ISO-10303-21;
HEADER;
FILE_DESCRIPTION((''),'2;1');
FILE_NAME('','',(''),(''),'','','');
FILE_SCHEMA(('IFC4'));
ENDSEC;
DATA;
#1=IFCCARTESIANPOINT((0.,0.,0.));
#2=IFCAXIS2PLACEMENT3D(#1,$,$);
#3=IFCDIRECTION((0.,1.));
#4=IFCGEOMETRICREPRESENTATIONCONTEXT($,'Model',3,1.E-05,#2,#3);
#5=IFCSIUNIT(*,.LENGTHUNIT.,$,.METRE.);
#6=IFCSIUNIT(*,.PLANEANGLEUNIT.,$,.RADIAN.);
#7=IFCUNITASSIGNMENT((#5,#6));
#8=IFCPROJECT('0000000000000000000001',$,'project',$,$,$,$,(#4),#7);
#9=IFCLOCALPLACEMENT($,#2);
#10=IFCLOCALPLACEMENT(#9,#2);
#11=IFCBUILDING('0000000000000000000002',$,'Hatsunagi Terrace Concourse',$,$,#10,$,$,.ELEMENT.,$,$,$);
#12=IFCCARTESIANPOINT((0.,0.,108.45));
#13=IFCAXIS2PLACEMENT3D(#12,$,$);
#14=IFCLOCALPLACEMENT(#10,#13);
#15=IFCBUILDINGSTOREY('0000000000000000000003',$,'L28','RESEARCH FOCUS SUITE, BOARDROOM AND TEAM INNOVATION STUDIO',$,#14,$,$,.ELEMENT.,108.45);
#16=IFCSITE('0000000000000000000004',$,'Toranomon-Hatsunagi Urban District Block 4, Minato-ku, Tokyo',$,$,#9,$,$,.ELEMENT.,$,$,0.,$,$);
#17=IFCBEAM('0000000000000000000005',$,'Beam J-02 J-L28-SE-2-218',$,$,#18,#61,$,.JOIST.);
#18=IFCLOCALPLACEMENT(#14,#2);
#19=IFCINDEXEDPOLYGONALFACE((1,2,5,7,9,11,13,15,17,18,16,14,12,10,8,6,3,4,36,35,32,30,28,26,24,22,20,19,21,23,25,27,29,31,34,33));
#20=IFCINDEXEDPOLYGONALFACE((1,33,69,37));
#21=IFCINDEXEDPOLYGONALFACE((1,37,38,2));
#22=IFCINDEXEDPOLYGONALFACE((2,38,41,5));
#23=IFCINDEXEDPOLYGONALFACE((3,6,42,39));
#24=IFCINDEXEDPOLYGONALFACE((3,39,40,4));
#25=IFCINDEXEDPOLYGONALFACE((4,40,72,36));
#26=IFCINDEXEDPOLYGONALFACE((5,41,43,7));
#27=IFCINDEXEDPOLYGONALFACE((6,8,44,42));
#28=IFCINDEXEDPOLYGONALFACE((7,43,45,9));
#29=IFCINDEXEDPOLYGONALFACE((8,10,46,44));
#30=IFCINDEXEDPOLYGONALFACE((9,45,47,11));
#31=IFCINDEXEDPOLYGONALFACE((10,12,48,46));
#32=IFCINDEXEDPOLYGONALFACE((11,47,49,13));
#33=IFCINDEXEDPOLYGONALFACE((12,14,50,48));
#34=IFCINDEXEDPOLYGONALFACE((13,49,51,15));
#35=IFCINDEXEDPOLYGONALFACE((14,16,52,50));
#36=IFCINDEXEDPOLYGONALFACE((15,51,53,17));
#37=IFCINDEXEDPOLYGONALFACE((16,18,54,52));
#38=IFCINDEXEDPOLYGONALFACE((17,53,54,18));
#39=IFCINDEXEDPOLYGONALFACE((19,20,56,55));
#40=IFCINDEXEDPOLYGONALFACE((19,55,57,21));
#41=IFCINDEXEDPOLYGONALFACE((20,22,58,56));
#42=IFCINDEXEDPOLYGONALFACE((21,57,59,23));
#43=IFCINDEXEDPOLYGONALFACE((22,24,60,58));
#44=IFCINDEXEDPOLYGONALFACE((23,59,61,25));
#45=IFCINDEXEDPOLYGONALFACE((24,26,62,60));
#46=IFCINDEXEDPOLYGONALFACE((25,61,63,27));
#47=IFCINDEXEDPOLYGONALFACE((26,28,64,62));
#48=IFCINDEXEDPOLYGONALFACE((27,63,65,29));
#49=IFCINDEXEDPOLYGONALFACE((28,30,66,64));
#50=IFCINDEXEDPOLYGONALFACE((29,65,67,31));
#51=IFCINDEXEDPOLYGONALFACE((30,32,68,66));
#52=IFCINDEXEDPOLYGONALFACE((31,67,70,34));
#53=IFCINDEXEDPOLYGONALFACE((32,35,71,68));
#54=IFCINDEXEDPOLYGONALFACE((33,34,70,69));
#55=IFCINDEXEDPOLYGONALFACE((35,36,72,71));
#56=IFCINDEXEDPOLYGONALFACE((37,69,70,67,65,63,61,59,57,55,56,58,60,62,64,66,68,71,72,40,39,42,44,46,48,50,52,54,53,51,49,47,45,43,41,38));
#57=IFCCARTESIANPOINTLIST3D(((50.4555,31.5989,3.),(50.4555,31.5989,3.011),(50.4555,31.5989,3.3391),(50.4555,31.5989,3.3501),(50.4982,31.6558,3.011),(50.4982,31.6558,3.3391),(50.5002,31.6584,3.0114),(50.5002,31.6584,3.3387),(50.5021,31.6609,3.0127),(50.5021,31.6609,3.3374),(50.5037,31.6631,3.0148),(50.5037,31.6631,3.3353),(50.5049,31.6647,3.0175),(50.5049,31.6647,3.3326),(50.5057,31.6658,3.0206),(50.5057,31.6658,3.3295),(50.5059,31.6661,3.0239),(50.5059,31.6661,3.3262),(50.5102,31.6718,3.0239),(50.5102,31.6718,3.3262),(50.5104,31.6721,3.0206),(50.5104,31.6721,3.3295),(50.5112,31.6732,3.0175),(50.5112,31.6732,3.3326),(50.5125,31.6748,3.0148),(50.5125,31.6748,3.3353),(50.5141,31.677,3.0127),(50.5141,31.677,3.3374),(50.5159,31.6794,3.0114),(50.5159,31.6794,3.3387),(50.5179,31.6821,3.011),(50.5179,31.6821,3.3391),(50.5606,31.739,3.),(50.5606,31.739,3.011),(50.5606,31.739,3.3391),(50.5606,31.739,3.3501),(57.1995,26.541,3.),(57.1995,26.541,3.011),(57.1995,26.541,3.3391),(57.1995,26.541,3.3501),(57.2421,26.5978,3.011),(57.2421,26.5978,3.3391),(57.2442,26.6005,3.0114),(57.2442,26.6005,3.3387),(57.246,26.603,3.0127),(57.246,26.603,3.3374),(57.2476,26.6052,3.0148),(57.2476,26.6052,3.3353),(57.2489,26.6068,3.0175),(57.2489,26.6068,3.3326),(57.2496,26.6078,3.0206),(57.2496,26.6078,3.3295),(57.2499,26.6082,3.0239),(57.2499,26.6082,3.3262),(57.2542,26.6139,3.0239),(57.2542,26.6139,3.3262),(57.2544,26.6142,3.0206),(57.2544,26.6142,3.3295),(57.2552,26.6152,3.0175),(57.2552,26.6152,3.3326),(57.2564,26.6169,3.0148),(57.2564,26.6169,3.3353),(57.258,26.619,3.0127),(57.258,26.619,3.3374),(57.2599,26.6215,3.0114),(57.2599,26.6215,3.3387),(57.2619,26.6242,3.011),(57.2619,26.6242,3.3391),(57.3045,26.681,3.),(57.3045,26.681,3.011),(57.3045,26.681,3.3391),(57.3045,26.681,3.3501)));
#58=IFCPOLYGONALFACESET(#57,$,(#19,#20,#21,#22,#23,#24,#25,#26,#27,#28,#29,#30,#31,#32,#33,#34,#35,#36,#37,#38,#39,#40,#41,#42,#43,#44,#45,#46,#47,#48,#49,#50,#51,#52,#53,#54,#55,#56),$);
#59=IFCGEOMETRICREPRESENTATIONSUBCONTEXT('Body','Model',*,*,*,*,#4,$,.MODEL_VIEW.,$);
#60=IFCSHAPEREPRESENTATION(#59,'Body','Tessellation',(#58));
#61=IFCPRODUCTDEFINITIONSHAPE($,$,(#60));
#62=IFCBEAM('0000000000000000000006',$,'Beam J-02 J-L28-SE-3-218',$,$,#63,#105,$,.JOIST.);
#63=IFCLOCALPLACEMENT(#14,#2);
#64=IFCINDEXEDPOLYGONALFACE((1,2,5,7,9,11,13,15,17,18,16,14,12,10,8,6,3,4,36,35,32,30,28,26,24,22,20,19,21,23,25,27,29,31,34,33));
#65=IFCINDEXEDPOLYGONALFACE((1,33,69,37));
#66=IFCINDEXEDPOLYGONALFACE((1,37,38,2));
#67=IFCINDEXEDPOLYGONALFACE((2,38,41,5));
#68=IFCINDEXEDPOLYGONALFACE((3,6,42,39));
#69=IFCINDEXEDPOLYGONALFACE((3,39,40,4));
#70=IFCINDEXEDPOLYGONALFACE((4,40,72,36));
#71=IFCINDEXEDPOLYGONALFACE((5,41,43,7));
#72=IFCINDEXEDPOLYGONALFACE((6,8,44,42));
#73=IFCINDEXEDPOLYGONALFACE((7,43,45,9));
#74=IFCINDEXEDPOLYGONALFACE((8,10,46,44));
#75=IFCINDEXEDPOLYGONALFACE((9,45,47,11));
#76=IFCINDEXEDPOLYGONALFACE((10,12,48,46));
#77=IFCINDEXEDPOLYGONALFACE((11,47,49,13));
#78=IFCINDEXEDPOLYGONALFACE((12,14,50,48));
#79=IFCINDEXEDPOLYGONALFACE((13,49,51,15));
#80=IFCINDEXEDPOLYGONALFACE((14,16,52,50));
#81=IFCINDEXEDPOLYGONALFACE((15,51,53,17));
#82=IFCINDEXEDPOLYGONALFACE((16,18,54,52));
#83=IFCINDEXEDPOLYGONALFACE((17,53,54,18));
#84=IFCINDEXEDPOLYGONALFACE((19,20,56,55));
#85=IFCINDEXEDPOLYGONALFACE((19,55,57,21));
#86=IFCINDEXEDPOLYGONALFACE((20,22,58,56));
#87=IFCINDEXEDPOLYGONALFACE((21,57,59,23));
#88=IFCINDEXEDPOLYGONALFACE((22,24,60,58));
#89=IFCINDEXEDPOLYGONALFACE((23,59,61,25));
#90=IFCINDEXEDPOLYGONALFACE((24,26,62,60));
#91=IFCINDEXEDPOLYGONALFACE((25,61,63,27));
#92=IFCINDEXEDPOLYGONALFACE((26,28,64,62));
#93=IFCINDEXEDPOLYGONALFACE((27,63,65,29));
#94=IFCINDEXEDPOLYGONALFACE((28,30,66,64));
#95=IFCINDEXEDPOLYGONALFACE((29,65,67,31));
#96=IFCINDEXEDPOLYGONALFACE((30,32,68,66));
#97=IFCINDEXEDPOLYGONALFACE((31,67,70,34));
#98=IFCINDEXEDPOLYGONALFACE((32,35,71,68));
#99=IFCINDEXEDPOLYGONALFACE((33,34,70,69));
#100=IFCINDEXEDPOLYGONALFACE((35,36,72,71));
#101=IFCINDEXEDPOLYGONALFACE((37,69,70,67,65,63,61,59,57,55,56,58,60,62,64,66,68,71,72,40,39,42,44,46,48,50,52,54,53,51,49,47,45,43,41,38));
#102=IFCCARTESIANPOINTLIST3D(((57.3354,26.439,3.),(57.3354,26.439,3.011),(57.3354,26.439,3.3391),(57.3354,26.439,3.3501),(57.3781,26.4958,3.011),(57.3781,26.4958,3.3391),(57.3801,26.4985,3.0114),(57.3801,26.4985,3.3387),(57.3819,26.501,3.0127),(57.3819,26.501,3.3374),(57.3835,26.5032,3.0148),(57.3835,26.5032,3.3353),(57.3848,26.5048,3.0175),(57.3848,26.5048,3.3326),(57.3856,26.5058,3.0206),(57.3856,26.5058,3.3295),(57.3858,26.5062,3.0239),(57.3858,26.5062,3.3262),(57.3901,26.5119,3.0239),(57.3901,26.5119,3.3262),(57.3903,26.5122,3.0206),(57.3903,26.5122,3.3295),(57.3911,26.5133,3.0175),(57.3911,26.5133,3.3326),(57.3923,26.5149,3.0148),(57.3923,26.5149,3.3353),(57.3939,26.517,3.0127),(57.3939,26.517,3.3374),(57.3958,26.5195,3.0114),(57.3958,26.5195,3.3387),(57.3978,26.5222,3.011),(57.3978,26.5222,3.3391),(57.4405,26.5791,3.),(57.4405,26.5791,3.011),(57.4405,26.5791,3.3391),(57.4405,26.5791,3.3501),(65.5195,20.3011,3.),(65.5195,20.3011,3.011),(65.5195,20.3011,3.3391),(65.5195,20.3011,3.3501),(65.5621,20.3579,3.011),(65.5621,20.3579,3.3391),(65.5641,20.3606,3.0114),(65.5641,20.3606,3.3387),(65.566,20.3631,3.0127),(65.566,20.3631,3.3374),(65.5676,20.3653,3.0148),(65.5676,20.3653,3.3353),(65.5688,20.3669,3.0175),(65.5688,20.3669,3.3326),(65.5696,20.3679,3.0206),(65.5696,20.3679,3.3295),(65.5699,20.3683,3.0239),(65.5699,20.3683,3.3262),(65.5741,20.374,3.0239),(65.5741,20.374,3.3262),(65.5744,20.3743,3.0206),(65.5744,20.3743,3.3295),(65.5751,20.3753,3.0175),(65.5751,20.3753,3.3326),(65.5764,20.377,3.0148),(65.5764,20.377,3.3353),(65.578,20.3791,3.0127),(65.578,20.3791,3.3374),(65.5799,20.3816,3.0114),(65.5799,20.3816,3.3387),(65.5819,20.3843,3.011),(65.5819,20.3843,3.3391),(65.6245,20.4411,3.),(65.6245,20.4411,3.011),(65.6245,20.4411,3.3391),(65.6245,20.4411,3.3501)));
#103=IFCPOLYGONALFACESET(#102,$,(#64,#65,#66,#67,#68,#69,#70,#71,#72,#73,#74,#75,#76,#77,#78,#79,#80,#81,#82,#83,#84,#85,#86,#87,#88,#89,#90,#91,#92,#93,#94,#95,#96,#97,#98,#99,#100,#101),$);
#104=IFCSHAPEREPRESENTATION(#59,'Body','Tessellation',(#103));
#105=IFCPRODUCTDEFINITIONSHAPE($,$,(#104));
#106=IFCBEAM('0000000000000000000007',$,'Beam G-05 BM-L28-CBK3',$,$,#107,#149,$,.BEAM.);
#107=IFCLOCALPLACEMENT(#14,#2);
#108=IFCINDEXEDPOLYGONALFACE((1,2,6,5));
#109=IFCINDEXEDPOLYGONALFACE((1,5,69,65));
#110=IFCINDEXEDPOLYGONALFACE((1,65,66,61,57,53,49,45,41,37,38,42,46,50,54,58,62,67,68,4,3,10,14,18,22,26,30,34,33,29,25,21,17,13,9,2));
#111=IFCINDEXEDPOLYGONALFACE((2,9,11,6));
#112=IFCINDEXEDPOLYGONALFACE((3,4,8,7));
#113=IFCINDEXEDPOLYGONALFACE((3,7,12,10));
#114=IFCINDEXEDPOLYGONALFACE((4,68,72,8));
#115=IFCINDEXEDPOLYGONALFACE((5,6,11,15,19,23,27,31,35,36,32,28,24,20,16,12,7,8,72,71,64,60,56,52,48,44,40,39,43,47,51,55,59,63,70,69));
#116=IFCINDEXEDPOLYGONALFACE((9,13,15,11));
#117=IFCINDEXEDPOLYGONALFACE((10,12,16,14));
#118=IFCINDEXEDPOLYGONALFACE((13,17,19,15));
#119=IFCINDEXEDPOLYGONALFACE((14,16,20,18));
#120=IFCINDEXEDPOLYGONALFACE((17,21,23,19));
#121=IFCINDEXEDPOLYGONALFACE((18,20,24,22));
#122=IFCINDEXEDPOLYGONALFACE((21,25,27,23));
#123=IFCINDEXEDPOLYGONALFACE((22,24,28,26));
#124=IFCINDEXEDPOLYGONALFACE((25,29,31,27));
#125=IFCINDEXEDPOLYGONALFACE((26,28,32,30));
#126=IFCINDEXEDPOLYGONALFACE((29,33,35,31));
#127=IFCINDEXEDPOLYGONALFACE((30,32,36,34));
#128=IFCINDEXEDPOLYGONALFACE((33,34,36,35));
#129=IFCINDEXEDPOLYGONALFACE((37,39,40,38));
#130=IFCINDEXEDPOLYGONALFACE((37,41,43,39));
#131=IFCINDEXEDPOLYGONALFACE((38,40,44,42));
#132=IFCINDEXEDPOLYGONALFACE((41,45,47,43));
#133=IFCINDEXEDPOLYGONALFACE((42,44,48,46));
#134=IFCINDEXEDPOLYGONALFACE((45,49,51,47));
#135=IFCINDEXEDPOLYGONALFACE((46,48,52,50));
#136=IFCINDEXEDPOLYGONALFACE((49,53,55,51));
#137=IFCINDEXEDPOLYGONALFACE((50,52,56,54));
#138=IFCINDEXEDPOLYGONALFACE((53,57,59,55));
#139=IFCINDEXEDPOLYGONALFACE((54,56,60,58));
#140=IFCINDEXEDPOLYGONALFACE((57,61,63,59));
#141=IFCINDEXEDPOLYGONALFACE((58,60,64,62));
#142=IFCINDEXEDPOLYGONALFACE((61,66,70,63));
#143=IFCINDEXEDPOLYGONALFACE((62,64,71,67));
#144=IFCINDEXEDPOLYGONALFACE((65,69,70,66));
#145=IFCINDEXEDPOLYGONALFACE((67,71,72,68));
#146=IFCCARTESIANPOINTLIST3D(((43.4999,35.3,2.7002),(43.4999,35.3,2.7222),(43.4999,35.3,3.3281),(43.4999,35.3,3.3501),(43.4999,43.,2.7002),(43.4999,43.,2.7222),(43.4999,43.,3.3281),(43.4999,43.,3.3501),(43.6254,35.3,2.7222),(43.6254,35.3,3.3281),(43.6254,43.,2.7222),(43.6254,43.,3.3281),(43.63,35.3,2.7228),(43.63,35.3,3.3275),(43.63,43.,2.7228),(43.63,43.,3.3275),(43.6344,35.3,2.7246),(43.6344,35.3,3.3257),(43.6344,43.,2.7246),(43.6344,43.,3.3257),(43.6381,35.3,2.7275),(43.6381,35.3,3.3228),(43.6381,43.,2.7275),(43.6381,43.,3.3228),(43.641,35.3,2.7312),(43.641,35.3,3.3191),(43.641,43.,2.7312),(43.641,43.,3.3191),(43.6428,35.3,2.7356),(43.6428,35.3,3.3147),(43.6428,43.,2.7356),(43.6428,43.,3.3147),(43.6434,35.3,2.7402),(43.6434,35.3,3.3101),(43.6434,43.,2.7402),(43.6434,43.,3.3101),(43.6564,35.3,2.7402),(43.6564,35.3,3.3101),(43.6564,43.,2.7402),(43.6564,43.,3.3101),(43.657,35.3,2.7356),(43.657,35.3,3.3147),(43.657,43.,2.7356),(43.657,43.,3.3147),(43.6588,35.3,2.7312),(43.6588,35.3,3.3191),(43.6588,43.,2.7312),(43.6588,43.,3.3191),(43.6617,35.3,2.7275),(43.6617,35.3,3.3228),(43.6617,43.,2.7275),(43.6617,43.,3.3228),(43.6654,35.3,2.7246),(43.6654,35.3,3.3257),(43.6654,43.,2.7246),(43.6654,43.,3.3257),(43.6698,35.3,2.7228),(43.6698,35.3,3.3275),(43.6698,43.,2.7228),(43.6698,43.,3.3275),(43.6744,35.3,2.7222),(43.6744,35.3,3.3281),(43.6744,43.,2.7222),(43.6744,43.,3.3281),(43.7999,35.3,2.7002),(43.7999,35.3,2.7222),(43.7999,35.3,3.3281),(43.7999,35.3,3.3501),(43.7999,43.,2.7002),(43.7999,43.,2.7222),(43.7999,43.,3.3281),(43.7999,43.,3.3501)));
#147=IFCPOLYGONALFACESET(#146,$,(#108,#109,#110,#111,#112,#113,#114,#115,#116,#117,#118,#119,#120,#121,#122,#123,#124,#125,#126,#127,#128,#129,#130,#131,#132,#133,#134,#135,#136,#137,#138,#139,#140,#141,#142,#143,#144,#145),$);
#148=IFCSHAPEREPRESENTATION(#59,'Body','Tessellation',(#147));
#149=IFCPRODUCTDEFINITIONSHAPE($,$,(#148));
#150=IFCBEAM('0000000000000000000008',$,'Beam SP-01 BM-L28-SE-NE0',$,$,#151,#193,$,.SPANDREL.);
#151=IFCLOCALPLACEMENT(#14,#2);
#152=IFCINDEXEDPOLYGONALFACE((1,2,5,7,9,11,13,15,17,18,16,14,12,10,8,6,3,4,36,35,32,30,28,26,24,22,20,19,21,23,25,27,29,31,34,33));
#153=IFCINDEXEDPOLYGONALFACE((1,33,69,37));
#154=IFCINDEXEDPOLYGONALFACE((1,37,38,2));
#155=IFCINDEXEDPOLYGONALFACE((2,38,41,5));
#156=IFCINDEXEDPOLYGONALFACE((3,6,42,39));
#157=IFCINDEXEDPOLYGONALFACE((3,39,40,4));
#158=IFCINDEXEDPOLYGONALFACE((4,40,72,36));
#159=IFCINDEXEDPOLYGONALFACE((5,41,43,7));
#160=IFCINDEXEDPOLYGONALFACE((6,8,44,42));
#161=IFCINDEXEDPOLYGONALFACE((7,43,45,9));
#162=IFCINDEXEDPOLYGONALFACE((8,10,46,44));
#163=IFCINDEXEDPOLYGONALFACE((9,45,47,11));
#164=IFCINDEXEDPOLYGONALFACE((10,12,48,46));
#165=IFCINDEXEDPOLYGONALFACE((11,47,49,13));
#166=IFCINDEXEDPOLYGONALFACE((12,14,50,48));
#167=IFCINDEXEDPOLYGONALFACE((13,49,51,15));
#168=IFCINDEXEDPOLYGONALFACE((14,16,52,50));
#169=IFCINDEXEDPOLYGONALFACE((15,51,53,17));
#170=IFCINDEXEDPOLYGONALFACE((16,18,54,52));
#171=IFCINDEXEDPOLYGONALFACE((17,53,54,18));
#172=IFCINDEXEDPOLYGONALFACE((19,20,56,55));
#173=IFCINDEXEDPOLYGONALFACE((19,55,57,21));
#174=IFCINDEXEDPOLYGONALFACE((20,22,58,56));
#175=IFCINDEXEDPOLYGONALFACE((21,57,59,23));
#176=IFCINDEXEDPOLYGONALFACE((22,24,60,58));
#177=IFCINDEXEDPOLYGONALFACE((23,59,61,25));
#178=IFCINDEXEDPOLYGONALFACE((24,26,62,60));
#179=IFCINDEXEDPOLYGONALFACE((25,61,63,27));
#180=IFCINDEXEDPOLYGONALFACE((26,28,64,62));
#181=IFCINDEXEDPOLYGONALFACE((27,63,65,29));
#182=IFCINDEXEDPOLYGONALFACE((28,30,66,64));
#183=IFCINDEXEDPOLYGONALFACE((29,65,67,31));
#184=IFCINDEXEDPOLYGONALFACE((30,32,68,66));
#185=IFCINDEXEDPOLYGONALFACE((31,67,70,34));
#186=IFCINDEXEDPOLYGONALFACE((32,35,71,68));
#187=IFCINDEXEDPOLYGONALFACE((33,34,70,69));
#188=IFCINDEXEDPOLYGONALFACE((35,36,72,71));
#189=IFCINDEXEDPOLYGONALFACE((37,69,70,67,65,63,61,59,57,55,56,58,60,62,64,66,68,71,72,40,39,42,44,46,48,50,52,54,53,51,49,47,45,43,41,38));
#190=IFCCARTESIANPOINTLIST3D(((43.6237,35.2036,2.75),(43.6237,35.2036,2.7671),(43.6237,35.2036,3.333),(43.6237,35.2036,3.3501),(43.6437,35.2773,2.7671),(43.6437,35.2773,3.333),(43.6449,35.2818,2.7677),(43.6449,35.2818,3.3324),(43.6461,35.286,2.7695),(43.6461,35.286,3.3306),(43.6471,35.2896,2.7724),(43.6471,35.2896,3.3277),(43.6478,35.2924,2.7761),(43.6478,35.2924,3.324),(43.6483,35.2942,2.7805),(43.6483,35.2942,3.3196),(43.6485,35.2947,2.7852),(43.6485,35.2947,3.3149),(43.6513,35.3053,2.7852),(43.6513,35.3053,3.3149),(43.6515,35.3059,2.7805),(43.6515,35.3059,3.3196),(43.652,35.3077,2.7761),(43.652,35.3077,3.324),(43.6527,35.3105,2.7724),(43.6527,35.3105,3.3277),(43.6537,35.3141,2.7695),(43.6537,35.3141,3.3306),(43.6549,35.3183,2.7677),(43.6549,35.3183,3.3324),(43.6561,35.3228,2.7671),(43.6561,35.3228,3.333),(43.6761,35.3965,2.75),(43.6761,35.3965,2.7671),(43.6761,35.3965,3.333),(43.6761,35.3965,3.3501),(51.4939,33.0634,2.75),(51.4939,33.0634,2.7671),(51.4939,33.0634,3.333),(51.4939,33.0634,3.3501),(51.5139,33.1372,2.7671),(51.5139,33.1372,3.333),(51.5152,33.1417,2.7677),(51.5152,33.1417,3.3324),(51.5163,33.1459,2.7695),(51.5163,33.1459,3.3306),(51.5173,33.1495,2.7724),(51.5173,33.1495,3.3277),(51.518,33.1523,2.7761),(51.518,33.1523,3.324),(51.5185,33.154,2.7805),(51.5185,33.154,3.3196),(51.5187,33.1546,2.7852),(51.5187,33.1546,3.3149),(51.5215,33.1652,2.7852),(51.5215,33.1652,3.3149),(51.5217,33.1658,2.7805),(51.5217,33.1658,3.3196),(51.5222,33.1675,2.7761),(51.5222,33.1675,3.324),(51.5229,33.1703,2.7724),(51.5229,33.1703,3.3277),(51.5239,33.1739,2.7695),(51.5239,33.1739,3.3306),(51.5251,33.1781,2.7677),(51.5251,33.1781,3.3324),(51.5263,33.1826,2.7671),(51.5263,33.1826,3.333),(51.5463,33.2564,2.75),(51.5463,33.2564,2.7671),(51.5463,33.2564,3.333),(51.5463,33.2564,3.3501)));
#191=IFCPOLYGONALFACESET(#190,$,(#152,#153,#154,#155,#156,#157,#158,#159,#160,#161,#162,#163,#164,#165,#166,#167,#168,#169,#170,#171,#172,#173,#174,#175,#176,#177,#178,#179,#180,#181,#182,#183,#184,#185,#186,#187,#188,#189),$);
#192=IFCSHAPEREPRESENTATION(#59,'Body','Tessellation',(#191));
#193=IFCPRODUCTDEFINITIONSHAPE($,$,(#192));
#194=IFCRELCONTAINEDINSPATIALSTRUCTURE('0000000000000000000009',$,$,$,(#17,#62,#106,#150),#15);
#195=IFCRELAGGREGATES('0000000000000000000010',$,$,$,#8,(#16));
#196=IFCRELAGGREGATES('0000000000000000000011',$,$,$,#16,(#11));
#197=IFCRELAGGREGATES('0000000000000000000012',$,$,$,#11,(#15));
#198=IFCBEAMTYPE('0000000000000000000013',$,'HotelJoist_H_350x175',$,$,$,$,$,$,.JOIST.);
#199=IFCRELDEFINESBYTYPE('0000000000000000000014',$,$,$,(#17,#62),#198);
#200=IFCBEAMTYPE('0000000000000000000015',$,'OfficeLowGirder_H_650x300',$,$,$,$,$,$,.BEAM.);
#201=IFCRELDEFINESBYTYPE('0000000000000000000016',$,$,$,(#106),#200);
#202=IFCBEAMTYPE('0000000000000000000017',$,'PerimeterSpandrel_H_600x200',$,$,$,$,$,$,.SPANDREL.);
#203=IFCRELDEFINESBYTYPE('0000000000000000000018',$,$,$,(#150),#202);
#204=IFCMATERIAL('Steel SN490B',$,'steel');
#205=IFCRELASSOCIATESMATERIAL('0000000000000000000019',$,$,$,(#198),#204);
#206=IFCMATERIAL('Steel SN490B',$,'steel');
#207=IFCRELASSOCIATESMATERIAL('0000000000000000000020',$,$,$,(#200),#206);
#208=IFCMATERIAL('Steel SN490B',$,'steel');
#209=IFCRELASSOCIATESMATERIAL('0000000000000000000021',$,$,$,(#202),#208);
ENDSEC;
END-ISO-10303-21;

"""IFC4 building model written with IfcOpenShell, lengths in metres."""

from ifc_helpers import new_model, si_unit, direction, frame, origin, origin_2d, place, context, subcontext, project, spatial, i_section, extrude, material, material_profile, profile_set, type_object, element, save


model = new_model("IFC4")

# Units and contexts
model_context = context("Model", 3, precision=1e-05, world=origin(), true_north=direction((0.0, 1.0)))
body_context = subcontext(model_context, "Body", "Model", "MODEL_VIEW")
ifc_project = project(units=[si_unit("LENGTHUNIT", "METRE"), si_unit("PLANEANGLEUNIT", "RADIAN")], contexts=[model_context])

# Site, building, storey
site_placement = place(None, origin())
site = spatial("IfcSite", under=ifc_project, at=site_placement, Name="Toranomon-Hatsunagi Urban District Block 4, Minato-ku, Tokyo", CompositionType="ELEMENT", RefElevation=0.0)
building_placement = place(site_placement, origin())
building = spatial("IfcBuilding", under=site, at=building_placement, Name="Hatsunagi Terrace Concourse", CompositionType="ELEMENT")
storey_placement = place(building_placement, frame((0.0, 0.0, 108.45)))
storey = spatial("IfcBuildingStorey", under=building, at=storey_placement, Name="L28", Description="RESEARCH FOCUS SUITE, BOARDROOM AND TEAM INNOVATION STUDIO", CompositionType="ELEMENT", Elevation=108.45)

# Beams
ifc_material_1 = material(Name="Steel SN490B", Category="steel")
ifc_material_profile_1 = material_profile(ifc_material_1, i_section(OverallWidth=0.175, OverallDepth=0.3501, WebThickness=0.0071, FlangeThickness=0.011, FilletRadius=0.0129, at=origin_2d()), Name="H-350x175x7x11")
ifc_profile_set_1 = profile_set([ifc_material_profile_1], Name="Steel SN490B")
beam_type_1 = type_object("IfcBeamType", Name="HotelJoist_H_350x175", PredefinedType="JOIST", material=ifc_profile_set_1)
for number, where, z_axis, x_axis, name in (
    (1, (50.5081, 31.6689, 3.175), (0.800003, -0.599995, 0.0), (0.599995, 0.800003, 0.0), "Beam J-02 J-L28-SE-2-218"),
):
    element("IfcBeam", number, at=place(storey_placement, frame(where, z_axis=z_axis, x_axis=x_axis)), inside=storey, type_object=beam_type_1, Name=name, PredefinedType="JOIST", context=body_context, shape_type="SweptSolid", body=[
        extrude(i_section(OverallWidth=0.175, OverallDepth=0.3501, WebThickness=0.0071, FlangeThickness=0.011, FilletRadius=0.0129, at=origin_2d()), origin(), (0.0, 0.0, 1.0), 8.4299),
    ])
beam_1_placement = place(storey_placement, frame((57.3879, 26.509, 3.175), z_axis=(0.800006, -0.599992, 0.0), x_axis=(0.599992, 0.800006, 0.0)))
element("IfcBeam", 2, at=beam_1_placement, inside=storey, type_object=beam_type_1, Name="Beam J-02 J-L28-SE-3-218", PredefinedType="JOIST", context=body_context, shape_type="SweptSolid", body=[
    extrude(i_section(OverallWidth=0.175, OverallDepth=0.3501, WebThickness=0.0071, FlangeThickness=0.011, FilletRadius=0.0129, at=origin_2d()), origin(), (0.0, 0.0, 1.0), 10.23),
])
ifc_material_2 = material(Name="Steel SN490B", Category="steel")
ifc_material_profile_2 = material_profile(ifc_material_2, i_section(OverallWidth=0.3, OverallDepth=0.6499, WebThickness=0.0129, FlangeThickness=0.022, FilletRadius=0.0181, at=origin_2d()), Name="H-650x300x13x22")
ifc_profile_set_2 = profile_set([ifc_material_profile_2], Name="Steel SN490B")
beam_type_2 = type_object("IfcBeamType", Name="OfficeLowGirder_H_650x300", PredefinedType="BEAM", material=ifc_profile_set_2)
beam_2_placement = place(storey_placement, frame((43.6499, 35.3, 3.0251), z_axis=(0.0, 1.0, 0.0), x_axis=(-1.0, 0.0, 0.0)))
element("IfcBeam", 3, at=beam_2_placement, inside=storey, type_object=beam_type_2, Name="Beam G-05 BM-L28-CBK3", PredefinedType="BEAM", context=body_context, shape_type="SweptSolid", body=[
    extrude(i_section(OverallWidth=0.3, OverallDepth=0.6499, WebThickness=0.0129, FlangeThickness=0.022, FilletRadius=0.0181, at=origin_2d()), origin(), (0.0, 0.0, 1.0), 7.7),
])
ifc_material_3 = material(Name="Steel SN490B", Category="steel")
ifc_material_profile_3 = material_profile(ifc_material_3, i_section(OverallWidth=0.2, OverallDepth=0.6001, WebThickness=0.011, FlangeThickness=0.0171, FilletRadius=0.0181, at=origin_2d()), Name="H-600x200x11x17")
ifc_profile_set_3 = profile_set([ifc_material_profile_3], Name="Steel SN490B")
beam_type_3 = type_object("IfcBeamType", Name="PerimeterSpandrel_H_600x200", PredefinedType="SPANDREL", material=ifc_profile_set_3)
beam_3_placement = place(storey_placement, frame((43.6499, 35.3, 3.05), z_axis=(0.964958, -0.262403, 0.0), x_axis=(0.262403, 0.964958, 0.0)))
element("IfcBeam", 4, at=beam_3_placement, inside=storey, type_object=beam_type_3, Name="Beam SP-01 BM-L28-SE-NE0", PredefinedType="SPANDREL", context=body_context, shape_type="SweptSolid", body=[
    extrude(i_section(OverallWidth=0.2, OverallDepth=0.6001, WebThickness=0.011, FlangeThickness=0.0171, FilletRadius=0.0181, at=origin_2d()), origin(), (0.0, 0.0, 1.0), 8.156),
])

save(model, "model.ifc")
